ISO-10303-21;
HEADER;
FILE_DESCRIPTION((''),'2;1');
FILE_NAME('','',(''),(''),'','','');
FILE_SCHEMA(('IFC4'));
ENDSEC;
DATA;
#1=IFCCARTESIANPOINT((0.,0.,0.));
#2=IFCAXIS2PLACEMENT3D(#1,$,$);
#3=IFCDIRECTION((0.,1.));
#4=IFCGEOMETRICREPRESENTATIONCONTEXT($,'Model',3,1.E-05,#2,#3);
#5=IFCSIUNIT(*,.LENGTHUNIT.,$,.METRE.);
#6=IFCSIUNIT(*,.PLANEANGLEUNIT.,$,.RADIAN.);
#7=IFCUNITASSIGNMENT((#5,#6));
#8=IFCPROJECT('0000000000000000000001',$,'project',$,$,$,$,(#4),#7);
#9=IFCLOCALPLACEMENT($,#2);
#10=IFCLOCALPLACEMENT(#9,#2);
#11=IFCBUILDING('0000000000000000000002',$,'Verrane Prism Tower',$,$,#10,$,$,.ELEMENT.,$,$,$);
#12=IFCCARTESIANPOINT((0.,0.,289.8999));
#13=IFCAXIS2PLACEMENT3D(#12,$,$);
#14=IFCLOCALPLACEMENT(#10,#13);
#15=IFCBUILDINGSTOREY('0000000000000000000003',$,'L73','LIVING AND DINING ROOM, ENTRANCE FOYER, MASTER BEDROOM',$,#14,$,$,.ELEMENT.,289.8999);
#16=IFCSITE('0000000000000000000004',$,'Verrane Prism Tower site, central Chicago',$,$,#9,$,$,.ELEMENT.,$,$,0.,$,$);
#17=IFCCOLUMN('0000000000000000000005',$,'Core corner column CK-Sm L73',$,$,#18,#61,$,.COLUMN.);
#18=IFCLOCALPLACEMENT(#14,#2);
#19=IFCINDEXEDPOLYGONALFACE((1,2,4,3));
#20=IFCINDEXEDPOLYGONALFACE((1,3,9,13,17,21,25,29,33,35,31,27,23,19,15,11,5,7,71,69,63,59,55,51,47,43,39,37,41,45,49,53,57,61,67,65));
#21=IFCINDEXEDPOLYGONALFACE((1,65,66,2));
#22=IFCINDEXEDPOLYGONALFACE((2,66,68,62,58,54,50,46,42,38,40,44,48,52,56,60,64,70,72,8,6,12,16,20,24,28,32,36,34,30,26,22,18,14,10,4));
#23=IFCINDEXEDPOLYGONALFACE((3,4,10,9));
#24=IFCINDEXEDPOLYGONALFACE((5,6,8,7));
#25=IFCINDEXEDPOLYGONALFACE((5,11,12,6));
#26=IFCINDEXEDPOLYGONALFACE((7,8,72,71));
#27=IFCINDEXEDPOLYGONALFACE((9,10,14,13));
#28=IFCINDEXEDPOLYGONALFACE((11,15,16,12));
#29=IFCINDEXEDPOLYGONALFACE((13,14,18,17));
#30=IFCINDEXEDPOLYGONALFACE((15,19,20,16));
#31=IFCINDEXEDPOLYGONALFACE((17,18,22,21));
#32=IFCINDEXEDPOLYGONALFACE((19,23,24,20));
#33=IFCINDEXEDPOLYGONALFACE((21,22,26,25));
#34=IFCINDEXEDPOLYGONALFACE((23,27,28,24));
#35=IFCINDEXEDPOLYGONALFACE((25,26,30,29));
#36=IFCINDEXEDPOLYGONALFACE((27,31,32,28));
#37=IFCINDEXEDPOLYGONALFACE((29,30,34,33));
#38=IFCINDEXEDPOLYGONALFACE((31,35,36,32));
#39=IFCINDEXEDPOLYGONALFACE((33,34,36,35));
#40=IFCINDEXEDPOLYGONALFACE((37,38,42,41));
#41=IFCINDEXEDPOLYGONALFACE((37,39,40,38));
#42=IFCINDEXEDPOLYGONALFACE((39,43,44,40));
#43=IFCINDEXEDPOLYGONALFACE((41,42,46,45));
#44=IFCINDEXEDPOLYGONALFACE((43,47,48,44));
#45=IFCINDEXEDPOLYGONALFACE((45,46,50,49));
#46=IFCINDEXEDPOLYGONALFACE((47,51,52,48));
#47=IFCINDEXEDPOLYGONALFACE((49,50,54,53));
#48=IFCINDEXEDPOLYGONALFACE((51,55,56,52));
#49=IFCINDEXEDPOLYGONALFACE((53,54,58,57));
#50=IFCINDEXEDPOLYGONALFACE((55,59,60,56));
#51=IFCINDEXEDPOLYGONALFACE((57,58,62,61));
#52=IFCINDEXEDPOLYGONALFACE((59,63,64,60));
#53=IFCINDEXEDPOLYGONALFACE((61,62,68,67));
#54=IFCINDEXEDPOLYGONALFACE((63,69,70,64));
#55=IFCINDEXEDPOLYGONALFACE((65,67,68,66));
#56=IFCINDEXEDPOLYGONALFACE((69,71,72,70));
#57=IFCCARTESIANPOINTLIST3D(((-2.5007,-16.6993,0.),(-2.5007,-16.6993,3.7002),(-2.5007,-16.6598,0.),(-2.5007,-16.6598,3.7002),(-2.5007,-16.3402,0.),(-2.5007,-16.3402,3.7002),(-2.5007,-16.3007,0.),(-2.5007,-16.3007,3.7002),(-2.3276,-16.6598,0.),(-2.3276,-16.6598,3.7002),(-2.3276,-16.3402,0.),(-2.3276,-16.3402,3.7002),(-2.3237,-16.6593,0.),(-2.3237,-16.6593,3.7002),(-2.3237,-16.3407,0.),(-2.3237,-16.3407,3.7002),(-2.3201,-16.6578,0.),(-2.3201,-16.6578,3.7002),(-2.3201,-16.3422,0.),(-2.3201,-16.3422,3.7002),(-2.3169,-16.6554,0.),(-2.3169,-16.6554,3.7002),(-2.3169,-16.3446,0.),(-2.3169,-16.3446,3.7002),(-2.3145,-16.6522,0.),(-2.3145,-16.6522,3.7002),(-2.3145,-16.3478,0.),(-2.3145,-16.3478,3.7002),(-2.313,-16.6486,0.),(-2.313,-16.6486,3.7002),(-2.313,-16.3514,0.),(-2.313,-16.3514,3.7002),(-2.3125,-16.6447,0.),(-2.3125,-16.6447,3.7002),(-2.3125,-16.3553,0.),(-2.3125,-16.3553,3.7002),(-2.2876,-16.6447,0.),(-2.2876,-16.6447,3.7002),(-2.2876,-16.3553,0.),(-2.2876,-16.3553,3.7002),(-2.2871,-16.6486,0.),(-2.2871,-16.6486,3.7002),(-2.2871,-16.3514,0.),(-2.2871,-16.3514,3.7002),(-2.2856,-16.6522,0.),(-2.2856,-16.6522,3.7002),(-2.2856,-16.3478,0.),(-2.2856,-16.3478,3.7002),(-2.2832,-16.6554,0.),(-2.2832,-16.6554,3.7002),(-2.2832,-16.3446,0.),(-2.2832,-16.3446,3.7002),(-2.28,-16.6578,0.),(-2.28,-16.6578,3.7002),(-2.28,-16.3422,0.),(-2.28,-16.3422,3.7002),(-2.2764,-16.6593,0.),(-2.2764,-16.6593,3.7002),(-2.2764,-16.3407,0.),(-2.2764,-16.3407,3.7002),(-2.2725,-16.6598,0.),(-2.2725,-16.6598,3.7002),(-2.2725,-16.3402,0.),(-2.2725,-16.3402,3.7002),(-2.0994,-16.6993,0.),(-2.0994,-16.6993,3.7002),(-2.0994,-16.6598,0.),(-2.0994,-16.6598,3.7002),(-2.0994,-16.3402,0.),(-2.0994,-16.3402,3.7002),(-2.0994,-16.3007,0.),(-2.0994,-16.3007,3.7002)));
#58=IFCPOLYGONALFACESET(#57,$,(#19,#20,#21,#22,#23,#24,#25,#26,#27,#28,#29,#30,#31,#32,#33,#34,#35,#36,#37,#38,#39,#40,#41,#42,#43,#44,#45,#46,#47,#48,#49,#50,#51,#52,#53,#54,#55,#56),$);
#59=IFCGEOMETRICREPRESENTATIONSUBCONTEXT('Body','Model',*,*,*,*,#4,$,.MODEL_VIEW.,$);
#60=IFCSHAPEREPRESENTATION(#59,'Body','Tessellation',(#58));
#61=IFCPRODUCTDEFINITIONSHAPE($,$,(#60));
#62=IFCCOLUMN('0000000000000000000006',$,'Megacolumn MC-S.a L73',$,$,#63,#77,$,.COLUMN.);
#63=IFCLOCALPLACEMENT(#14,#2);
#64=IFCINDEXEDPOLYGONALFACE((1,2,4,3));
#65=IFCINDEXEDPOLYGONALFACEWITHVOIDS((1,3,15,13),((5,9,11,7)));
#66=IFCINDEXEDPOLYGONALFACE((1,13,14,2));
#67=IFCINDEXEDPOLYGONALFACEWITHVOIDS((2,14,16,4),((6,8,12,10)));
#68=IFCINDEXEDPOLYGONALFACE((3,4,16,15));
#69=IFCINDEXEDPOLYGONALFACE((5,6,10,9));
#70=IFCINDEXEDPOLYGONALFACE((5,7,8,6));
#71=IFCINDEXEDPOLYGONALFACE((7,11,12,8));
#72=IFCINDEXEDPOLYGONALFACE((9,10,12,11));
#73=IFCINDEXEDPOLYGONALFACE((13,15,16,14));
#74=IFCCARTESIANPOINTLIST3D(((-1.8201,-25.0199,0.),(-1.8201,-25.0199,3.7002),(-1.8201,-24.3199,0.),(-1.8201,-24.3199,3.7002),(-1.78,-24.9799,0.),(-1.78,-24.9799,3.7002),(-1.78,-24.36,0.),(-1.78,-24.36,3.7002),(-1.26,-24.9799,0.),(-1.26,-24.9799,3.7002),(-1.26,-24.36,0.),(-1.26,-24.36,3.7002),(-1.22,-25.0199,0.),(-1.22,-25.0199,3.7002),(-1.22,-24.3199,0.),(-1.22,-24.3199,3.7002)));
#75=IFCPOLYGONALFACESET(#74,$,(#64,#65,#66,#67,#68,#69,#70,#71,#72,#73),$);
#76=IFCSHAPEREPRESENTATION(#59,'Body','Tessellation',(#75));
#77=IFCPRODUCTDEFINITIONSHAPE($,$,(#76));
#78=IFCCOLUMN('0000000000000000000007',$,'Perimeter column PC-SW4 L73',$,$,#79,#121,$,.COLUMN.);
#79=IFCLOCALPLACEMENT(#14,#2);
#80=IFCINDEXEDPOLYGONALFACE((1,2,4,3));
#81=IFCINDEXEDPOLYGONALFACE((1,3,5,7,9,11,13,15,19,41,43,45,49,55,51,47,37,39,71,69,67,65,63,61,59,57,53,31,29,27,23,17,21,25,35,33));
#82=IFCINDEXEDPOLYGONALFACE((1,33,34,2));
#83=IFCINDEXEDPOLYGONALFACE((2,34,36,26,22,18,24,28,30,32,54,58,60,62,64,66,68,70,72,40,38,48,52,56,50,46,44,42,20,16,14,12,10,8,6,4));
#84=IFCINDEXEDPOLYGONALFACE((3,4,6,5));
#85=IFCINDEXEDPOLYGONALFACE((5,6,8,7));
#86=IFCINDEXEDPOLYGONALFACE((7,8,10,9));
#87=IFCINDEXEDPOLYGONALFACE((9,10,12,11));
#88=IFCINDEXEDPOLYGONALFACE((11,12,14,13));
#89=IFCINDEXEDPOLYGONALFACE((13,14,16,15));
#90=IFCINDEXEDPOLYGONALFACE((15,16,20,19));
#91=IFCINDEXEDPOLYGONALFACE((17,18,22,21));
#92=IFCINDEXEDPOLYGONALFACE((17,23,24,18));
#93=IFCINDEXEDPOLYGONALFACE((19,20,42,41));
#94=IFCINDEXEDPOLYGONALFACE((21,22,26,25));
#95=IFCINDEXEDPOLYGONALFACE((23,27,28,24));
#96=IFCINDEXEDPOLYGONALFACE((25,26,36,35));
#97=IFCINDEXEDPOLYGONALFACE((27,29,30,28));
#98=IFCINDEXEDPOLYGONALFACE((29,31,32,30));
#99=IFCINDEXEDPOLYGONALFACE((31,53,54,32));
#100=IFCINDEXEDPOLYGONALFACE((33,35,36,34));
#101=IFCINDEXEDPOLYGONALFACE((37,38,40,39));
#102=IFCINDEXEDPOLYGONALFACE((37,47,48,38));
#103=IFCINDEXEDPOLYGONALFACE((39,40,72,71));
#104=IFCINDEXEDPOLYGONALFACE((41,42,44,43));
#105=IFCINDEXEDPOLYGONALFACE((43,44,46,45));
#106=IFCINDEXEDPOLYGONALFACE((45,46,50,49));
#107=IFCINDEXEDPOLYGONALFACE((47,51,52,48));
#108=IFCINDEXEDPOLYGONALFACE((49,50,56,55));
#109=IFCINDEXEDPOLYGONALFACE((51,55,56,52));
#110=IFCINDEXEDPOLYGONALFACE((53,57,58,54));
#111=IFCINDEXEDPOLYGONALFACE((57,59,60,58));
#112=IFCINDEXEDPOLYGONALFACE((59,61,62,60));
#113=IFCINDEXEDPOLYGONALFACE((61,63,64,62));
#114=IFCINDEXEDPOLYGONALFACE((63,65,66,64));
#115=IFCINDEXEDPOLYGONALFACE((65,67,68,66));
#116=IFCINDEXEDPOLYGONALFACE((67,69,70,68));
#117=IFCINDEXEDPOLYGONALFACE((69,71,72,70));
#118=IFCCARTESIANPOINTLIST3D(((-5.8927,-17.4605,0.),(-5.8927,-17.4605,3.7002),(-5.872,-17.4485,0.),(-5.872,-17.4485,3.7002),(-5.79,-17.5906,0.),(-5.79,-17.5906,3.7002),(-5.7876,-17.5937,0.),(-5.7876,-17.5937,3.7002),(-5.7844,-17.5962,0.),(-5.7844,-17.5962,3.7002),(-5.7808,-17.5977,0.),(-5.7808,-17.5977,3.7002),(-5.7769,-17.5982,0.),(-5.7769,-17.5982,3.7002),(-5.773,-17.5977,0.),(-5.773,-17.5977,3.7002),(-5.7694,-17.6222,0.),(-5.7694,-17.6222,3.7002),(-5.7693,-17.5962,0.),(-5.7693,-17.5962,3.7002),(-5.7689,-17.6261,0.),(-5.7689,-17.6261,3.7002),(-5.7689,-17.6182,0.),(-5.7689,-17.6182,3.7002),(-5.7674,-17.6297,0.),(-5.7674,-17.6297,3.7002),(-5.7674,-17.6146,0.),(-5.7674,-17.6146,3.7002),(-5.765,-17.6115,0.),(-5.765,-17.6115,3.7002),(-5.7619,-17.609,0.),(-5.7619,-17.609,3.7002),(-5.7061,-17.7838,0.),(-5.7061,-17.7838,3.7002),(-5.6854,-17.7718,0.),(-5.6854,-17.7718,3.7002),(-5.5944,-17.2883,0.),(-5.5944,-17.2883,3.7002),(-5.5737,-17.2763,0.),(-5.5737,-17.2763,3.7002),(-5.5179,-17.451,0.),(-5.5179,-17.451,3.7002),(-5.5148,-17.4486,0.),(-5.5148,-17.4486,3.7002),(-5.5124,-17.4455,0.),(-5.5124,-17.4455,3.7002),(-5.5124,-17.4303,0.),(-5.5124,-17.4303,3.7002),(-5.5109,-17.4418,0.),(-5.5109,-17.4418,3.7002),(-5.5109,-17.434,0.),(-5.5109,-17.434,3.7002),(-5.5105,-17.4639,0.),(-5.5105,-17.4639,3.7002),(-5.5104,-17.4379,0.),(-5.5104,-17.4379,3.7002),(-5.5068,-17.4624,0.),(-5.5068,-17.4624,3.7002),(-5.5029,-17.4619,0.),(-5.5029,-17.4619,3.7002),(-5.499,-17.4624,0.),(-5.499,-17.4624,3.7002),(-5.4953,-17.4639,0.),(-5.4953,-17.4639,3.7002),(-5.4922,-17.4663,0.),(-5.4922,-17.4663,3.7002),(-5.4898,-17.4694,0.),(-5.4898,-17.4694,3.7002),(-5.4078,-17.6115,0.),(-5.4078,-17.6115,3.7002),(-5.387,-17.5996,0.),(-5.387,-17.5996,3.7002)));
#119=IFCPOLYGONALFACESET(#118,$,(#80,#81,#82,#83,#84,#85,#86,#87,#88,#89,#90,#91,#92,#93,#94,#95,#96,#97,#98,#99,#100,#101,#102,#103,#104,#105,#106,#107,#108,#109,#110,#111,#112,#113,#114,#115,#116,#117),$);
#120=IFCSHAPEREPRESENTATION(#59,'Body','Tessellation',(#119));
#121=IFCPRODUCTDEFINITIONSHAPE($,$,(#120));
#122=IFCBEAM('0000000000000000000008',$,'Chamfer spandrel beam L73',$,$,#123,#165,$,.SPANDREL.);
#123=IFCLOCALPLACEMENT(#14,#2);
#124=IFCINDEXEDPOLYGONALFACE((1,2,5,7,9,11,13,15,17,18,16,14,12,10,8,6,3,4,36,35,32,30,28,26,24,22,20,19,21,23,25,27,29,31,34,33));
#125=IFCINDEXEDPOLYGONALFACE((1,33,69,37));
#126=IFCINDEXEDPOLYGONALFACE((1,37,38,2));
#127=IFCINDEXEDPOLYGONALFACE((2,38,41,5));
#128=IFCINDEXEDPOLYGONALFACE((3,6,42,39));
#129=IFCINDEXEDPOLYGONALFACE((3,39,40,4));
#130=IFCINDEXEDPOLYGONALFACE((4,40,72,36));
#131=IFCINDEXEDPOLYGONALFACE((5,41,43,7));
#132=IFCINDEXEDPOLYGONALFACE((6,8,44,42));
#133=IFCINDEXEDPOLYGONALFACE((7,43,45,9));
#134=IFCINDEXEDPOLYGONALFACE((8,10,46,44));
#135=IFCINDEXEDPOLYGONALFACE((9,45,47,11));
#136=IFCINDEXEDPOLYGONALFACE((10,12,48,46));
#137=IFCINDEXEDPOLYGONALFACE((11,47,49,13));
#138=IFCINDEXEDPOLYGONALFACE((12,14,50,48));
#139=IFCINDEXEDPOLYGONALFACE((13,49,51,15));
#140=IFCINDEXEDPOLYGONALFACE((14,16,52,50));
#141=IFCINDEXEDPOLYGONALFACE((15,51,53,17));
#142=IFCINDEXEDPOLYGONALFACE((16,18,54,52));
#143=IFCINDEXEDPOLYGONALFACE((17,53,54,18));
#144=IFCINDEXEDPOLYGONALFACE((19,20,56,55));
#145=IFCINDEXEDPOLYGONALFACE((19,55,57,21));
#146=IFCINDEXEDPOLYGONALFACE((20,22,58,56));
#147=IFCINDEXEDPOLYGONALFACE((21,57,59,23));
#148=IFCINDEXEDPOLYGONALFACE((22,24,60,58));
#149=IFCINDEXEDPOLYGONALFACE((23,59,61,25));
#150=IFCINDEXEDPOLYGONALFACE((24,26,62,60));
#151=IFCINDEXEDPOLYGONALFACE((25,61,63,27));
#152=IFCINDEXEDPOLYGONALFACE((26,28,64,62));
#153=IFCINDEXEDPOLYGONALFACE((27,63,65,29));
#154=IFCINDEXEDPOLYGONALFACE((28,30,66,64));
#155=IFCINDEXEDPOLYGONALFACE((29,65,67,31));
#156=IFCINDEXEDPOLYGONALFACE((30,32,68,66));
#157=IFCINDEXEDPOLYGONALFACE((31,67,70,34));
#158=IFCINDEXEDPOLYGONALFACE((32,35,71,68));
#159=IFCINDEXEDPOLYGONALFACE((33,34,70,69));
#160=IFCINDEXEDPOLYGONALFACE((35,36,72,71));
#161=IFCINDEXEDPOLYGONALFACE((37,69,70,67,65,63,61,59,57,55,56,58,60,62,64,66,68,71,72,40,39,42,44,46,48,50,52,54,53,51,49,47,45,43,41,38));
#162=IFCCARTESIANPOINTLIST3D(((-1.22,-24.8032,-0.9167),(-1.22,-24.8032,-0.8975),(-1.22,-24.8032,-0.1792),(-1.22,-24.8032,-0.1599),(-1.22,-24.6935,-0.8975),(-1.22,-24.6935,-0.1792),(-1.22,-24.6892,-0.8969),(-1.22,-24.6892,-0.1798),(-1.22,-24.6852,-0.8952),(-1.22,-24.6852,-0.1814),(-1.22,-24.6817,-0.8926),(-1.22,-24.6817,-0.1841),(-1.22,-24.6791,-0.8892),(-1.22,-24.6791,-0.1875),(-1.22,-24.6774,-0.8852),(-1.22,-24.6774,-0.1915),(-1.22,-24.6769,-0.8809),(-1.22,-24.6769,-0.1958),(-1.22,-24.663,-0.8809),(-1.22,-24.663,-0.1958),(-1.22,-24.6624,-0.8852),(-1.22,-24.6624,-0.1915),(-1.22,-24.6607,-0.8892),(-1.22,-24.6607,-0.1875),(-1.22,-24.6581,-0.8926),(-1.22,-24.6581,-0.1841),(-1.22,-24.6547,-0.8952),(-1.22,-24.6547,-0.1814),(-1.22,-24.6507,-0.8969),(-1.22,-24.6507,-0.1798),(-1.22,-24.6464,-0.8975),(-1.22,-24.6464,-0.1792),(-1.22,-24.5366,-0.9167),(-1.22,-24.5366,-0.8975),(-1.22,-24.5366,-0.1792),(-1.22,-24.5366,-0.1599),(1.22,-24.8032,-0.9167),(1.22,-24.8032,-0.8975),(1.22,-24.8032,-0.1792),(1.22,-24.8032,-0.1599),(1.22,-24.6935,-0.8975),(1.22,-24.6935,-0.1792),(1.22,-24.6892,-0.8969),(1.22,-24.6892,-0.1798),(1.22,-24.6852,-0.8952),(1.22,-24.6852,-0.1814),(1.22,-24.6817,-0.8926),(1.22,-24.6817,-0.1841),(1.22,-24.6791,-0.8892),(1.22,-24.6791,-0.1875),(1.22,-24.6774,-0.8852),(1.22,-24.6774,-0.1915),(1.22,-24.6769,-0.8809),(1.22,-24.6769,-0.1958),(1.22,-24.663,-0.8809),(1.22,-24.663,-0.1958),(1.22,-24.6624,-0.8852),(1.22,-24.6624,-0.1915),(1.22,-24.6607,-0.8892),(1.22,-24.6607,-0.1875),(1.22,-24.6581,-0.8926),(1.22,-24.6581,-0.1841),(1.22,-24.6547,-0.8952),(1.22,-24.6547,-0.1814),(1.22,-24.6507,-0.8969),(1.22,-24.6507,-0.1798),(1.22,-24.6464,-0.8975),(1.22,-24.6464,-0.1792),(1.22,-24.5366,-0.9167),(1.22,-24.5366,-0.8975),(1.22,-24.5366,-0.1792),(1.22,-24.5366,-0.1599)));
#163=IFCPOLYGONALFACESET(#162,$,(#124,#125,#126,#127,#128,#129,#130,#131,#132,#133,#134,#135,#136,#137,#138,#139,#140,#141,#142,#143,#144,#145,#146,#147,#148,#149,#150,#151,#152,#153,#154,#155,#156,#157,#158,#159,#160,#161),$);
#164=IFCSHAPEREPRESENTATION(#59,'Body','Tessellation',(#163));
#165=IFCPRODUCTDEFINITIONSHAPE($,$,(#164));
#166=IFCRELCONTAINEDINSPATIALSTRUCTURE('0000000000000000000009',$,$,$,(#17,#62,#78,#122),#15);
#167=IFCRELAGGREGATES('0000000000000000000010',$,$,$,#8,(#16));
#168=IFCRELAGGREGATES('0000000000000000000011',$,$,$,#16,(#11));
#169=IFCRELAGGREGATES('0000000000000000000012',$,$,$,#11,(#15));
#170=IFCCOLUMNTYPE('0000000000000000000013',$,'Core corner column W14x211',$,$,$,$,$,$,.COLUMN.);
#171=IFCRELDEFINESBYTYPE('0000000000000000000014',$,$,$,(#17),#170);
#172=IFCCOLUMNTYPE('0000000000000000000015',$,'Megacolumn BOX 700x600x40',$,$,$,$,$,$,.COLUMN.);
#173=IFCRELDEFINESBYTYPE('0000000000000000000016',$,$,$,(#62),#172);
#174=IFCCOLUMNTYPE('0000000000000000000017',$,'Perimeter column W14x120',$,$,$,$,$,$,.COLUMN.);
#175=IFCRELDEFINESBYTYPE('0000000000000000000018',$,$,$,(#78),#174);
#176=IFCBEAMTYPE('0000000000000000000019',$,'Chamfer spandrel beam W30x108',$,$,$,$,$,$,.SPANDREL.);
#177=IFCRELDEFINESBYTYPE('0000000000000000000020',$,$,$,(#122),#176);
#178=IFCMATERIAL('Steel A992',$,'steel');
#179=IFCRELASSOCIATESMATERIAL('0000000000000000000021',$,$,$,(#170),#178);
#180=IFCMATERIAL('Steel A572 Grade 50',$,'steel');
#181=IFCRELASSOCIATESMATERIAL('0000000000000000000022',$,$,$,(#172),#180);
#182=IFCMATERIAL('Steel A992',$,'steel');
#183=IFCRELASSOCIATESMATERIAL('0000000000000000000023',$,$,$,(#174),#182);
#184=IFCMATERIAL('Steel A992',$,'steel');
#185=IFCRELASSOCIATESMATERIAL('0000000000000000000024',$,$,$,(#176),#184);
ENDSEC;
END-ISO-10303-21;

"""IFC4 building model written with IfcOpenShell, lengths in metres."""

from ifc_helpers import new_model, si_unit, direction, frame, origin, origin_2d, place, context, subcontext, project, spatial, hollow_rectangle, i_section, extrude, material, material_profile, profile_set, type_object, element, save


model = new_model("IFC4")

# Units and contexts
model_context = context("Model", 3, precision=1e-05, world=origin(), true_north=direction((0.0, 1.0)))
body_context = subcontext(model_context, "Body", "Model", "MODEL_VIEW")
ifc_project = project(units=[si_unit("LENGTHUNIT", "METRE"), si_unit("PLANEANGLEUNIT", "RADIAN")], contexts=[model_context])

# Site, building, storey
site_placement = place(None, origin())
site = spatial("IfcSite", under=ifc_project, at=site_placement, Name="Verrane Prism Tower site, central Chicago", CompositionType="ELEMENT", RefElevation=0.0)
building_placement = place(site_placement, origin())
building = spatial("IfcBuilding", under=site, at=building_placement, Name="Verrane Prism Tower", CompositionType="ELEMENT")
storey_placement = place(building_placement, frame((0.0, 0.0, 289.8999)))
storey = spatial("IfcBuildingStorey", under=building, at=storey_placement, Name="L73", Description="LIVING AND DINING ROOM, ENTRANCE FOYER, MASTER BEDROOM", CompositionType="ELEMENT", Elevation=289.8999)

# Columns
ifc_material_1 = material(Name="Steel A992", Category="steel")
ifc_material_profile_1 = material_profile(ifc_material_1, i_section(OverallWidth=0.4014, OverallDepth=0.3987, WebThickness=0.0249, FlangeThickness=0.0396, FilletRadius=0.0151, at=origin_2d()), Name="W14x211")
ifc_profile_set_1 = profile_set([ifc_material_profile_1], Name="Steel A992")
column_type_1 = type_object("IfcColumnType", Name="Core corner column W14x211", PredefinedType="COLUMN", material=ifc_profile_set_1)
column_1_placement = place(storey_placement, frame((-2.3, -16.5, 0.0), z_axis=(0.0, 0.0, 1.0), x_axis=(-1.0, 0.0, 0.0)))
element("IfcColumn", 1, at=column_1_placement, inside=storey, type_object=column_type_1, Name="Core corner column CK-Sm L73", PredefinedType="COLUMN", context=body_context, shape_type="SweptSolid", body=[
    extrude(i_section(OverallWidth=0.4014, OverallDepth=0.3987, WebThickness=0.0249, FlangeThickness=0.0396, FilletRadius=0.0151, at=origin_2d()), origin(), (0.0, 0.0, 1.0), 3.7002),
])
ifc_material_2 = material(Name="Steel A572 Grade 50", Category="steel")
ifc_material_profile_2 = material_profile(ifc_material_2, hollow_rectangle(XDim=0.6001, YDim=0.7, WallThickness=0.04, at=origin_2d()), Name="BOX 700x600x40")
ifc_profile_set_2 = profile_set([ifc_material_profile_2], Name="Steel A572 Grade 50")
column_type_2 = type_object("IfcColumnType", Name="Megacolumn BOX 700x600x40", PredefinedType="COLUMN", material=ifc_profile_set_2)
column_2_placement = place(storey_placement, frame((-1.52, -24.6699, 0.0), z_axis=(0.0, 0.0, 1.0), x_axis=(-1.0, 0.0, 0.0)))
element("IfcColumn", 2, at=column_2_placement, inside=storey, type_object=column_type_2, Name="Megacolumn MC-S.a L73", PredefinedType="COLUMN", context=body_context, shape_type="SweptSolid", body=[
    extrude(hollow_rectangle(XDim=0.6001, YDim=0.7, WallThickness=0.04, at=origin_2d()), origin(), (0.0, 0.0, 1.0), 3.7002),
])
ifc_material_3 = material(Name="Steel A992", Category="steel")
ifc_material_profile_3 = material_profile(ifc_material_3, i_section(OverallWidth=0.3733, OverallDepth=0.3684, WebThickness=0.0149, FlangeThickness=0.0239, FilletRadius=0.0151, at=origin_2d()), Name="W14x120")
ifc_profile_set_3 = profile_set([ifc_material_profile_3], Name="Steel A992")
column_type_3 = type_object("IfcColumnType", Name="Perimeter column W14x120", PredefinedType="COLUMN", material=ifc_profile_set_3)
column_3_placement = place(storey_placement, frame((-5.6399, -17.53, 0.0), z_axis=(0.0, 0.0, 1.0), x_axis=(-0.5, 0.866025, 0.0)))
element("IfcColumn", 3, at=column_3_placement, inside=storey, type_object=column_type_3, Name="Perimeter column PC-SW4 L73", PredefinedType="COLUMN", context=body_context, shape_type="SweptSolid", body=[
    extrude(i_section(OverallWidth=0.3733, OverallDepth=0.3684, WebThickness=0.0149, FlangeThickness=0.0239, FilletRadius=0.0151, at=origin_2d()), origin(), (0.0, 0.0, 1.0), 3.7002),
])

# Beam
ifc_material_4 = material(Name="Steel A992", Category="steel")
ifc_material_profile_4 = material_profile(ifc_material_4, i_section(OverallWidth=0.2666, OverallDepth=0.7568, WebThickness=0.0139, FlangeThickness=0.0193, FilletRadius=0.0166, at=origin_2d()), Name="W30x108")
ifc_profile_set_4 = profile_set([ifc_material_profile_4], Name="Steel A992")
beam_type_1 = type_object("IfcBeamType", Name="Chamfer spandrel beam W30x108", PredefinedType="SPANDREL", material=ifc_profile_set_4)
beam_1_placement = place(storey_placement, frame((-1.22, -24.6699, -0.5383), z_axis=(1.0, 0.0, 0.0), x_axis=(0.0, 1.0, 0.0)))
element("IfcBeam", 4, at=beam_1_placement, inside=storey, type_object=beam_type_1, Name="Chamfer spandrel beam L73", PredefinedType="SPANDREL", context=body_context, shape_type="SweptSolid", body=[
    extrude(i_section(OverallWidth=0.2666, OverallDepth=0.7568, WebThickness=0.0139, FlangeThickness=0.0193, FilletRadius=0.0166, at=origin_2d()), origin(), (0.0, 0.0, 1.0), 2.4399),
])

save(model, "model.ifc")
